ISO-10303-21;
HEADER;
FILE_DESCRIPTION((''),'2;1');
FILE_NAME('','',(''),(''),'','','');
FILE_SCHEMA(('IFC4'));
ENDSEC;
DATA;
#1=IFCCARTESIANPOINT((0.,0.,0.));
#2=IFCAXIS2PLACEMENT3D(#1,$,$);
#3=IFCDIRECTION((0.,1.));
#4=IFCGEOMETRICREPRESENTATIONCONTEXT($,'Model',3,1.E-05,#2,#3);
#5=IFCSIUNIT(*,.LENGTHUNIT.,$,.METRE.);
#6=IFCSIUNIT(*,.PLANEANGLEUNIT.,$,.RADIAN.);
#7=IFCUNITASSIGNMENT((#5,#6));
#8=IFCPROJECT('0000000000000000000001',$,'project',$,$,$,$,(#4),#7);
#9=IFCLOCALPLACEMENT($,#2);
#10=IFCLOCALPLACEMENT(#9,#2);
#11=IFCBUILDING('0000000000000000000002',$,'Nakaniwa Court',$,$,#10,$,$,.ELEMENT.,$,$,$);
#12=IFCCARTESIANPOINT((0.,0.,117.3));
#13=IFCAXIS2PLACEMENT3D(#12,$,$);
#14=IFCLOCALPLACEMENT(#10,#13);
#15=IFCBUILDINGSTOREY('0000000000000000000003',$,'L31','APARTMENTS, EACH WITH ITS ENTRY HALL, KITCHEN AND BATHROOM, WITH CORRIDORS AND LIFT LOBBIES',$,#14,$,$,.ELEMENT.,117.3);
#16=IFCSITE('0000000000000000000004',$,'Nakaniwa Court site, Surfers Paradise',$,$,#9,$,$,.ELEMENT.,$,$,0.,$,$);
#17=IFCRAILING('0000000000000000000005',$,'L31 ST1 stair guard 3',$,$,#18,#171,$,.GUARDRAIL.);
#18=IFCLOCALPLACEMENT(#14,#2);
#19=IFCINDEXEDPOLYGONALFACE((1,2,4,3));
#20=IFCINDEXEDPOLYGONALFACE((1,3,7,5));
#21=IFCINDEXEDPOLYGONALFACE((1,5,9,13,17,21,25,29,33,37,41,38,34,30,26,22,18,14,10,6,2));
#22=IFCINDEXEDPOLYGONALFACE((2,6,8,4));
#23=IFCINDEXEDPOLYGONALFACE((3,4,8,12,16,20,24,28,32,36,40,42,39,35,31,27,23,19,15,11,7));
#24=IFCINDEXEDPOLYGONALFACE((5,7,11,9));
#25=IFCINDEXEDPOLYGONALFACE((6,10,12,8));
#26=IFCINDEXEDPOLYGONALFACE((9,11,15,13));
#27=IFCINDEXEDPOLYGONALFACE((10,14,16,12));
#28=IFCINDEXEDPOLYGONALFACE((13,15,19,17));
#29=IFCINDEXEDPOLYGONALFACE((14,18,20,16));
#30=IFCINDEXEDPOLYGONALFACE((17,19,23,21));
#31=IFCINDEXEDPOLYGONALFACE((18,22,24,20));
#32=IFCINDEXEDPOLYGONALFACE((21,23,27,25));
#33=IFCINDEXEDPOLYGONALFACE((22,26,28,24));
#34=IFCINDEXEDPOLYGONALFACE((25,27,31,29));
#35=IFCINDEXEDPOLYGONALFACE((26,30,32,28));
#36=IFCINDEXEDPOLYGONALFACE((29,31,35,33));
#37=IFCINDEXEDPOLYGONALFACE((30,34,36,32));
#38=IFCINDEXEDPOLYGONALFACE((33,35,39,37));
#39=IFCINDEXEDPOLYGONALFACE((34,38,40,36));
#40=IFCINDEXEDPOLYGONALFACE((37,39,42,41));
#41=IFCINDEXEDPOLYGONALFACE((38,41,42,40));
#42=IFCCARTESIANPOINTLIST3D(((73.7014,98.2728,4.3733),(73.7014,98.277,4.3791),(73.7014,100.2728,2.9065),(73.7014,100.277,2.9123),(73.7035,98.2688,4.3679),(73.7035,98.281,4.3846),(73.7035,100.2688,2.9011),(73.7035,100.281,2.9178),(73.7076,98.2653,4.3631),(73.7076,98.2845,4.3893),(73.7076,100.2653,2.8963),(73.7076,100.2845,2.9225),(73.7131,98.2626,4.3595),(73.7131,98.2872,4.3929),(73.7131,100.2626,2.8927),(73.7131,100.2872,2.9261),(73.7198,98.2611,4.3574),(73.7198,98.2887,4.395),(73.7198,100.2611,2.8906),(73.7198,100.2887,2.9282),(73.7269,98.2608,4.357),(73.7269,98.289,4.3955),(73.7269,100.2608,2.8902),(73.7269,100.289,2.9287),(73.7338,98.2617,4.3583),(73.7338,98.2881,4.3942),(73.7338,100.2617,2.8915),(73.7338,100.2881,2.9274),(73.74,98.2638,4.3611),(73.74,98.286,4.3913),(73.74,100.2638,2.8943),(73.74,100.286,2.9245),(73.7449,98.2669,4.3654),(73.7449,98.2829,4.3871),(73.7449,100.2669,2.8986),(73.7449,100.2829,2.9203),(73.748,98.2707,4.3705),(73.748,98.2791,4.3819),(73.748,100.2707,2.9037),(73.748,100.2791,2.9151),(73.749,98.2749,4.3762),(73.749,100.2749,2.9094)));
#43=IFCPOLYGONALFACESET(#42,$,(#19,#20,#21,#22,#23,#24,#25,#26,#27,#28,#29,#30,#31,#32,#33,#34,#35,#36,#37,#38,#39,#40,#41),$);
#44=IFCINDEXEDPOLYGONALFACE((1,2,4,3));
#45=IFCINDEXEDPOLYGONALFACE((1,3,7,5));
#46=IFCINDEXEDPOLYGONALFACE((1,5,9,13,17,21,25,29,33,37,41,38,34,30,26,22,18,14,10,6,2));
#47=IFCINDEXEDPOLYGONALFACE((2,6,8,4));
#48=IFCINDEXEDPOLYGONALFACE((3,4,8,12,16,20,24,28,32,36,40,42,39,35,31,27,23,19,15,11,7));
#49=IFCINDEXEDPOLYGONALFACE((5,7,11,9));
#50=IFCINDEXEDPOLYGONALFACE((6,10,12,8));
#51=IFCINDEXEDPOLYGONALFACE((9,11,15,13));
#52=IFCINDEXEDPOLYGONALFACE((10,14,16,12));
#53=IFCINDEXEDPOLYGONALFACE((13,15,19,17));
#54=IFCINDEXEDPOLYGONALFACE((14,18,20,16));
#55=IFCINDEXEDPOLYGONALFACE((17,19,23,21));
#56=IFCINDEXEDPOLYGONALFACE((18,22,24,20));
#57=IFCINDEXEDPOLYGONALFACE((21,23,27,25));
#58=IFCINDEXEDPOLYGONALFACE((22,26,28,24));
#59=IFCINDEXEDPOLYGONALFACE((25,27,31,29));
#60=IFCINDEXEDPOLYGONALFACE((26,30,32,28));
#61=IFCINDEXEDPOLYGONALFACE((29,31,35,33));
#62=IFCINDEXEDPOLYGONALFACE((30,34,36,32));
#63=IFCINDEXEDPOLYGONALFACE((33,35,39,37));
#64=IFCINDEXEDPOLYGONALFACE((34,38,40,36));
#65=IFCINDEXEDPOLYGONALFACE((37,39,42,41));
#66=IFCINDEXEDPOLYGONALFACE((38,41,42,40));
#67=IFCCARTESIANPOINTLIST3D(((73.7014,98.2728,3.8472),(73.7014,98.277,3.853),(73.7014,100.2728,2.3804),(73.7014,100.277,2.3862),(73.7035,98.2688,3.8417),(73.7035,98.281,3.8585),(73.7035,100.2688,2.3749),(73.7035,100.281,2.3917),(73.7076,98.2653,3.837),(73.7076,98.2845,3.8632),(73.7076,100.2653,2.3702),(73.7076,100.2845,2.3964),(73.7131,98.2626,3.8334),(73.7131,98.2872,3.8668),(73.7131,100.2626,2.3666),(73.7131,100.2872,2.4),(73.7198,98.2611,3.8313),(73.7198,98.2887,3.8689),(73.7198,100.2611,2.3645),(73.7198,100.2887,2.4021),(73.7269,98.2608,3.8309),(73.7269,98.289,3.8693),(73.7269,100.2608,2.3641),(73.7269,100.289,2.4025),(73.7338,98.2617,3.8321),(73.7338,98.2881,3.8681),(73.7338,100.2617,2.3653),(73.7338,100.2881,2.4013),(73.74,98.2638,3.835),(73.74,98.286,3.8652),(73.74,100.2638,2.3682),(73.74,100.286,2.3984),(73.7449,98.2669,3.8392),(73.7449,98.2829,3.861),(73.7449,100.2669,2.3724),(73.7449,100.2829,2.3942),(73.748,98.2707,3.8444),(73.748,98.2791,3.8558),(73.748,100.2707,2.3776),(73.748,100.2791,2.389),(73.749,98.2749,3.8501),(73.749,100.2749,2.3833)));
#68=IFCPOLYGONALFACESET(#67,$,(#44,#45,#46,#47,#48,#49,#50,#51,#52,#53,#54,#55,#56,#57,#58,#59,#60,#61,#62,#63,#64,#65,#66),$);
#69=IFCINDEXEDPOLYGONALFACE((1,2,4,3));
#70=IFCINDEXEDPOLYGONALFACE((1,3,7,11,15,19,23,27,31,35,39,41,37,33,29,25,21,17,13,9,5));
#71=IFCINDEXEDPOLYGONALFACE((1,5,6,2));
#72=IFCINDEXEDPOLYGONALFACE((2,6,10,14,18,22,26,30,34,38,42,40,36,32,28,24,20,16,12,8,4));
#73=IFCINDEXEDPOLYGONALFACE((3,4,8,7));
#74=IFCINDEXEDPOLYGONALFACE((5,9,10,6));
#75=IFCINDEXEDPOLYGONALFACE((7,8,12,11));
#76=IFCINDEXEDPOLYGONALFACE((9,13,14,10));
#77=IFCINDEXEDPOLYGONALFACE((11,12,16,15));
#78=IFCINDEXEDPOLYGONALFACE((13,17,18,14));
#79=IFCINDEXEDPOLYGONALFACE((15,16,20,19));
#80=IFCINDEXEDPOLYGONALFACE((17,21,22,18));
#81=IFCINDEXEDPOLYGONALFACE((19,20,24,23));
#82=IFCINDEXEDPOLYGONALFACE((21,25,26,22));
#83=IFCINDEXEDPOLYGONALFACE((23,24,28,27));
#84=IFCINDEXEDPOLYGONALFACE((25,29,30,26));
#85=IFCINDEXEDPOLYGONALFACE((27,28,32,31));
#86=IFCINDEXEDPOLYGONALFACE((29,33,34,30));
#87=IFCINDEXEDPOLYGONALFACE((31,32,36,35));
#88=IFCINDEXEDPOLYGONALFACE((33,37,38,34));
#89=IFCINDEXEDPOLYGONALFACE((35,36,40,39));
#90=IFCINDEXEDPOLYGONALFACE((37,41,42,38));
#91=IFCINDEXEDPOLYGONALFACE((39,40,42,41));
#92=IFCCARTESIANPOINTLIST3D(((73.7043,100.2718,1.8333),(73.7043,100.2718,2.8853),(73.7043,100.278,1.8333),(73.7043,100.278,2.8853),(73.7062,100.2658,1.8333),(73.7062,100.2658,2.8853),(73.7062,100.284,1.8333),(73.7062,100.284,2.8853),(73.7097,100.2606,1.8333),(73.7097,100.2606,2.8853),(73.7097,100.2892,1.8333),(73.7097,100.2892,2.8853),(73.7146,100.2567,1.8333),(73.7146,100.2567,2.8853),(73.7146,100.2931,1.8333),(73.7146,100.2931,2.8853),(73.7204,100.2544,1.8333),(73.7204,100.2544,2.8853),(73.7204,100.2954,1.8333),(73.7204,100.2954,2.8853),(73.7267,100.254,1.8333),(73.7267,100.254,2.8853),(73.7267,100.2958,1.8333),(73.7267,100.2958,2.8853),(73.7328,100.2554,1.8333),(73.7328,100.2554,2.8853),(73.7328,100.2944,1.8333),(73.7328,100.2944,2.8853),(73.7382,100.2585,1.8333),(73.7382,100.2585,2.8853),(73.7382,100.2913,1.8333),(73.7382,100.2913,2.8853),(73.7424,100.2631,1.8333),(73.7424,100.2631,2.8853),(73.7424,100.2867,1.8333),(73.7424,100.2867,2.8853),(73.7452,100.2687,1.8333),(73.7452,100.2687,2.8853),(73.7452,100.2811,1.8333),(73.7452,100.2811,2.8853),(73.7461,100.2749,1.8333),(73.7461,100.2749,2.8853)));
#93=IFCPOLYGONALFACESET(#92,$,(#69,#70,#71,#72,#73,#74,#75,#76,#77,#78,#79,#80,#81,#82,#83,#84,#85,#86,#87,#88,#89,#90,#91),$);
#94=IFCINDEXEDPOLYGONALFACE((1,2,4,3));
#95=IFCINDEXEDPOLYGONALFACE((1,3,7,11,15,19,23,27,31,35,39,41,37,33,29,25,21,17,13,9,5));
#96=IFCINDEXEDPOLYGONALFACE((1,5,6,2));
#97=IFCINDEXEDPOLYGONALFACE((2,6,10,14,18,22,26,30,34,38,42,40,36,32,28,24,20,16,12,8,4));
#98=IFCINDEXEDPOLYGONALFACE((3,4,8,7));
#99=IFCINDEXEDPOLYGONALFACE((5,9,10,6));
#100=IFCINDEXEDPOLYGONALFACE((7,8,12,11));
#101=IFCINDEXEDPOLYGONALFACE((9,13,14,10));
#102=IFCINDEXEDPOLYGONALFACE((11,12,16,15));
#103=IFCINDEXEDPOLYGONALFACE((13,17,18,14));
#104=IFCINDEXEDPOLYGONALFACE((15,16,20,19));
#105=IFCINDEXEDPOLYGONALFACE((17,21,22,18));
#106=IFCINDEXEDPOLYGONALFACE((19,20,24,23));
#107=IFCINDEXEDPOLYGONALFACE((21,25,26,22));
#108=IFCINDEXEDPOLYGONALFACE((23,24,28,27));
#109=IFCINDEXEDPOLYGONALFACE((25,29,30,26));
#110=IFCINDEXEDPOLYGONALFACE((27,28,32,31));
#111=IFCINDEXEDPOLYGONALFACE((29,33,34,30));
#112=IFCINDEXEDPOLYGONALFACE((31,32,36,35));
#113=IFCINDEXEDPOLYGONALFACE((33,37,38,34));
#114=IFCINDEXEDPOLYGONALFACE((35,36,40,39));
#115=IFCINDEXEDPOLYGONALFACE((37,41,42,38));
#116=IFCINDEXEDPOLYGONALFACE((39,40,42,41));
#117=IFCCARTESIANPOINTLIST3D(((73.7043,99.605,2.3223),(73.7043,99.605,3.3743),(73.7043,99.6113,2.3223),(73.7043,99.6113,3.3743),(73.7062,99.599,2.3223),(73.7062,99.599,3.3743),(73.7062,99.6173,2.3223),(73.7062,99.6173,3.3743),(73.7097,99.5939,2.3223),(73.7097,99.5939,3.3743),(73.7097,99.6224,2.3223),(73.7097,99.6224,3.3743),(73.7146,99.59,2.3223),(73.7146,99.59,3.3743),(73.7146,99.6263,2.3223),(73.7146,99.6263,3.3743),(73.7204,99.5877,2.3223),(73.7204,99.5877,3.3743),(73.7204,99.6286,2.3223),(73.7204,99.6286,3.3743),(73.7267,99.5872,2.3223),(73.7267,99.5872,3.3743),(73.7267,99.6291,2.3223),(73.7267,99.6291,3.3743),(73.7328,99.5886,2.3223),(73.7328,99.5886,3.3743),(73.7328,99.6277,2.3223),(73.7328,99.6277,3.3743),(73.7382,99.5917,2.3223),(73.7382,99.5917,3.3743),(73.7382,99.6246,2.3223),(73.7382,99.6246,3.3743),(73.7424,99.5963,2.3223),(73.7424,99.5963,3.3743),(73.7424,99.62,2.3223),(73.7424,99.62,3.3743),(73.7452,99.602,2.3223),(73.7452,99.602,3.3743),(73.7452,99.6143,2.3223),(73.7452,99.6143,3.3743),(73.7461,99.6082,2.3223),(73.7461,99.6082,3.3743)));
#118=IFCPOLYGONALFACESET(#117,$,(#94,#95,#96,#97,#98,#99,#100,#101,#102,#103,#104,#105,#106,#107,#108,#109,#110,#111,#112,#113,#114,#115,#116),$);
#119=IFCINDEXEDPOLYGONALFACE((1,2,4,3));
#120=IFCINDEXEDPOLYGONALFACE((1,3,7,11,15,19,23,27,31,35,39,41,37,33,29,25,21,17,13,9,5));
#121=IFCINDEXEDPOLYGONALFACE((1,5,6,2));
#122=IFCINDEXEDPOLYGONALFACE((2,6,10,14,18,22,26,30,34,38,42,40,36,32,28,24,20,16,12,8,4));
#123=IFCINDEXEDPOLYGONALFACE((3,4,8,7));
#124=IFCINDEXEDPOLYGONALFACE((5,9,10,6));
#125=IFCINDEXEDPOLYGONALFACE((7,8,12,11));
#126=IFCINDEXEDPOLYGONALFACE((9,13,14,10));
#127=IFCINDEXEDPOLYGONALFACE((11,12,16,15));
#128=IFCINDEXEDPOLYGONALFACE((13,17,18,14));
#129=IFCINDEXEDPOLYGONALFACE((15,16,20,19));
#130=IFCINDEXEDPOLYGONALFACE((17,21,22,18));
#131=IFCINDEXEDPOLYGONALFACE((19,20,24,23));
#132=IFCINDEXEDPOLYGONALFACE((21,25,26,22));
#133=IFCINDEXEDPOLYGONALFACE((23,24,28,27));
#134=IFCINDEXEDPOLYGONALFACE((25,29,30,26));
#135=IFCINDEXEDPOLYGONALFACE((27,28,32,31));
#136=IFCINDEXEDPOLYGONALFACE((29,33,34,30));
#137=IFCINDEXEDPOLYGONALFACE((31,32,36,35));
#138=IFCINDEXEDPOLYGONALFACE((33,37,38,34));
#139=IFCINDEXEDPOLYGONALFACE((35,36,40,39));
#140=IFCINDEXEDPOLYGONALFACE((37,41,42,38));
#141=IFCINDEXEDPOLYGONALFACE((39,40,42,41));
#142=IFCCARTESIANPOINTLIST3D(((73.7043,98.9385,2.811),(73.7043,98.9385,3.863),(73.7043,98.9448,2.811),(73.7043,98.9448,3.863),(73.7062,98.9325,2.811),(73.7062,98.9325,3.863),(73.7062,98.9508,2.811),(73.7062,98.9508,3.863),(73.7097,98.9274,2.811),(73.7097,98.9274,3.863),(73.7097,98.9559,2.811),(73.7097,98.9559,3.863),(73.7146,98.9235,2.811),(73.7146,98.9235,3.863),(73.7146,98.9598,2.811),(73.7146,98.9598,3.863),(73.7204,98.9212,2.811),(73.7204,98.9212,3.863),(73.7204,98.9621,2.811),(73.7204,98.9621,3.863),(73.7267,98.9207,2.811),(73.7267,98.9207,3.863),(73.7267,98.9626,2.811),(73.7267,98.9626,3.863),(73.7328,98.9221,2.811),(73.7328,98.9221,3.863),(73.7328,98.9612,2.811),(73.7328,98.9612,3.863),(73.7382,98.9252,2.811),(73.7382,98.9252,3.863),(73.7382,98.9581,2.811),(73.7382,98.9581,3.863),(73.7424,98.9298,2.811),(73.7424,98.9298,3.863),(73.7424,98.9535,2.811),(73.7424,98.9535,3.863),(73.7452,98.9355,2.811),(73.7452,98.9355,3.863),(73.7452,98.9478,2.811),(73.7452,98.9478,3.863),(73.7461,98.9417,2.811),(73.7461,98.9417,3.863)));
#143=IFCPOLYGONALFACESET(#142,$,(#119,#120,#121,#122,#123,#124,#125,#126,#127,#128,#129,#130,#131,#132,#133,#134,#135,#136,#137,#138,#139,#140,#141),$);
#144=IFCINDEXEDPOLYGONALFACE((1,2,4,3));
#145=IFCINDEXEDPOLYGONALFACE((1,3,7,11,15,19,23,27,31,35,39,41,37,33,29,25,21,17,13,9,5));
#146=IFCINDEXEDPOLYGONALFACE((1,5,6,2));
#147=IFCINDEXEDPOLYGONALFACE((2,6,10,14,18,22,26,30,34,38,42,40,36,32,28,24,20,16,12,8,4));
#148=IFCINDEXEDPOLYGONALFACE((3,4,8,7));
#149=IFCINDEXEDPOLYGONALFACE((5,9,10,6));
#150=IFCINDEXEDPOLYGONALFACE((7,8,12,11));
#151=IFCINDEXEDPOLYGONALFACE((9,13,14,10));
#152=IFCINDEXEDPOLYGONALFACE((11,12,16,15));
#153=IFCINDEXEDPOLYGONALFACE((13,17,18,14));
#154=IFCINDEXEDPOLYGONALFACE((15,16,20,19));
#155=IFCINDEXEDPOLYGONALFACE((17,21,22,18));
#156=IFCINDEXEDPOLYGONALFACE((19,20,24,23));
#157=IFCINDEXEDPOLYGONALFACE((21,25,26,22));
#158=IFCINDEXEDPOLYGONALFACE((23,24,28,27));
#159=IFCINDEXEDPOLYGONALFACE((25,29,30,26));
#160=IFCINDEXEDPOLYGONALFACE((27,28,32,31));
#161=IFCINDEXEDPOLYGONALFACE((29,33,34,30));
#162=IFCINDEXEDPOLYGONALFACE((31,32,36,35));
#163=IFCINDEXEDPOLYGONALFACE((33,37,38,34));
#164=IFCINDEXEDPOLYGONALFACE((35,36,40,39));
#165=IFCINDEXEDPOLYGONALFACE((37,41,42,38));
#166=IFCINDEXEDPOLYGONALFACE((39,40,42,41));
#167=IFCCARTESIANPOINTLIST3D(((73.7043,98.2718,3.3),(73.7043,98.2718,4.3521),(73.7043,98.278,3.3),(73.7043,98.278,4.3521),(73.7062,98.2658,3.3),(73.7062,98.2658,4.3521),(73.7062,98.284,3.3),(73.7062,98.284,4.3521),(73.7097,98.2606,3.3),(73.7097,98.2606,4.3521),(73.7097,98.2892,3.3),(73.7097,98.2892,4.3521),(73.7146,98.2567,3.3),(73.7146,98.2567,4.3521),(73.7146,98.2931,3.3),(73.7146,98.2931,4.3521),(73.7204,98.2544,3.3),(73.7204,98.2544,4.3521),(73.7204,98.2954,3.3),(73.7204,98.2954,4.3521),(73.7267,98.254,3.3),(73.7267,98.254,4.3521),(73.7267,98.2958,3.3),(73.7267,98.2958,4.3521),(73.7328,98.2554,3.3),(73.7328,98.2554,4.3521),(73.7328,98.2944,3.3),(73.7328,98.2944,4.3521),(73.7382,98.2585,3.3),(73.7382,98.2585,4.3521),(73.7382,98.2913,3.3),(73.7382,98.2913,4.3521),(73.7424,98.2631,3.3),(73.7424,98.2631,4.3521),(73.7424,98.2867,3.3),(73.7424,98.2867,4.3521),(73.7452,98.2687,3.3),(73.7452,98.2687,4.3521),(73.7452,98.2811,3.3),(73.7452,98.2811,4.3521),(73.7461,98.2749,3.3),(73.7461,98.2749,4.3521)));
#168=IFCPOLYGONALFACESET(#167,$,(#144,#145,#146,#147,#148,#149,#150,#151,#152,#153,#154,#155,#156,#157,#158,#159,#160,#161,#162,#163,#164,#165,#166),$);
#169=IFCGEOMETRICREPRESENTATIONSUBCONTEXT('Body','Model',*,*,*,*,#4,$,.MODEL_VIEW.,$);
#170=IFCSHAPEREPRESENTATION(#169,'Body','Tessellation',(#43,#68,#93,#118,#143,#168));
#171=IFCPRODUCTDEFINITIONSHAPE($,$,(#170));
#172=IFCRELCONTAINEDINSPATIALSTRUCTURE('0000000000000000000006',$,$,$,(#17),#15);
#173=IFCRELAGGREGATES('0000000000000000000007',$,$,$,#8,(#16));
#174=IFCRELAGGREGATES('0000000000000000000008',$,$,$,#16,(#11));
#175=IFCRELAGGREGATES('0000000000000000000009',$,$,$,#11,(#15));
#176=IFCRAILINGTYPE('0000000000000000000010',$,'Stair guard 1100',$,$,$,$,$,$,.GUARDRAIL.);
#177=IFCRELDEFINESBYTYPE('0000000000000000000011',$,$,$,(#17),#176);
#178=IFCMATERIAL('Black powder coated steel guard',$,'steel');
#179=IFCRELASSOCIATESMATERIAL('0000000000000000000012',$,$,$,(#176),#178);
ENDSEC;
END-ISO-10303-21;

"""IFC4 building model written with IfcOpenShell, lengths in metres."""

from ifc_helpers import new_model, si_unit, direction, frame, origin, origin_2d, place, context, subcontext, project, spatial, circle, extrude, material, type_object, element, save


model = new_model("IFC4")

# Units and contexts
model_context = context("Model", 3, precision=1e-05, world=origin(), true_north=direction((0.0, 1.0)))
body_context = subcontext(model_context, "Body", "Model", "MODEL_VIEW")
ifc_project = project(units=[si_unit("LENGTHUNIT", "METRE"), si_unit("PLANEANGLEUNIT", "RADIAN")], contexts=[model_context])

# Site, building, storey
site_placement = place(None, origin())
site = spatial("IfcSite", under=ifc_project, at=site_placement, Name="Nakaniwa Court site, Surfers Paradise", CompositionType="ELEMENT", RefElevation=0.0)
building_placement = place(site_placement, origin())
building = spatial("IfcBuilding", under=site, at=building_placement, Name="Nakaniwa Court", CompositionType="ELEMENT")
storey_placement = place(building_placement, frame((0.0, 0.0, 117.3)))
storey = spatial("IfcBuildingStorey", under=building, at=storey_placement, Name="L31", Description="APARTMENTS, EACH WITH ITS ENTRY HALL, KITCHEN AND BATHROOM, WITH CORRIDORS AND LIFT LOBBIES", CompositionType="ELEMENT", Elevation=117.3)

# Railing
ifc_material_1 = material(Name="Black powder coated steel guard", Category="steel")
railing_type_1 = type_object("IfcRailingType", Name="Stair guard 1100", PredefinedType="GUARDRAIL", material=ifc_material_1)
railing_1_placement = place(storey_placement, frame((73.7251, 100.2749, 1.8333)))
element("IfcRailing", 1, at=railing_1_placement, inside=storey, type_object=railing_type_1, Name="L31 ST1 stair guard 3", PredefinedType="GUARDRAIL", context=body_context, shape_type="SweptSolid", body=[
    extrude(circle(Radius=0.0239, at=origin_2d()), frame((0.0, 0.0, 1.0762), z_axis=(0.0, -0.80638, 0.591398), x_axis=(1.0, 0.0, 0.0)), (0.0, 0.0, 1.0), 2.4802),
    extrude(circle(Radius=0.0239, at=origin_2d()), frame((0.0, 0.0, 0.55), z_axis=(0.0, -0.80638, 0.591398), x_axis=(1.0, 0.0, 0.0)), (0.0, 0.0, 1.0), 2.4802),
    extrude(circle(Radius=0.021, at=origin_2d()), origin(), (0.0, 0.0, 1.0), 1.052),
    extrude(circle(Radius=0.021, at=origin_2d()), frame((0.0, -0.6667, 0.489)), (0.0, 0.0, 1.0), 1.052),
    extrude(circle(Radius=0.021, at=origin_2d()), frame((0.0, -1.3333, 0.9778)), (0.0, 0.0, 1.0), 1.052),
    extrude(circle(Radius=0.021, at=origin_2d()), frame((0.0, -2.0, 1.4668)), (0.0, 0.0, 1.0), 1.052),
])

save(model, "model.ifc")
